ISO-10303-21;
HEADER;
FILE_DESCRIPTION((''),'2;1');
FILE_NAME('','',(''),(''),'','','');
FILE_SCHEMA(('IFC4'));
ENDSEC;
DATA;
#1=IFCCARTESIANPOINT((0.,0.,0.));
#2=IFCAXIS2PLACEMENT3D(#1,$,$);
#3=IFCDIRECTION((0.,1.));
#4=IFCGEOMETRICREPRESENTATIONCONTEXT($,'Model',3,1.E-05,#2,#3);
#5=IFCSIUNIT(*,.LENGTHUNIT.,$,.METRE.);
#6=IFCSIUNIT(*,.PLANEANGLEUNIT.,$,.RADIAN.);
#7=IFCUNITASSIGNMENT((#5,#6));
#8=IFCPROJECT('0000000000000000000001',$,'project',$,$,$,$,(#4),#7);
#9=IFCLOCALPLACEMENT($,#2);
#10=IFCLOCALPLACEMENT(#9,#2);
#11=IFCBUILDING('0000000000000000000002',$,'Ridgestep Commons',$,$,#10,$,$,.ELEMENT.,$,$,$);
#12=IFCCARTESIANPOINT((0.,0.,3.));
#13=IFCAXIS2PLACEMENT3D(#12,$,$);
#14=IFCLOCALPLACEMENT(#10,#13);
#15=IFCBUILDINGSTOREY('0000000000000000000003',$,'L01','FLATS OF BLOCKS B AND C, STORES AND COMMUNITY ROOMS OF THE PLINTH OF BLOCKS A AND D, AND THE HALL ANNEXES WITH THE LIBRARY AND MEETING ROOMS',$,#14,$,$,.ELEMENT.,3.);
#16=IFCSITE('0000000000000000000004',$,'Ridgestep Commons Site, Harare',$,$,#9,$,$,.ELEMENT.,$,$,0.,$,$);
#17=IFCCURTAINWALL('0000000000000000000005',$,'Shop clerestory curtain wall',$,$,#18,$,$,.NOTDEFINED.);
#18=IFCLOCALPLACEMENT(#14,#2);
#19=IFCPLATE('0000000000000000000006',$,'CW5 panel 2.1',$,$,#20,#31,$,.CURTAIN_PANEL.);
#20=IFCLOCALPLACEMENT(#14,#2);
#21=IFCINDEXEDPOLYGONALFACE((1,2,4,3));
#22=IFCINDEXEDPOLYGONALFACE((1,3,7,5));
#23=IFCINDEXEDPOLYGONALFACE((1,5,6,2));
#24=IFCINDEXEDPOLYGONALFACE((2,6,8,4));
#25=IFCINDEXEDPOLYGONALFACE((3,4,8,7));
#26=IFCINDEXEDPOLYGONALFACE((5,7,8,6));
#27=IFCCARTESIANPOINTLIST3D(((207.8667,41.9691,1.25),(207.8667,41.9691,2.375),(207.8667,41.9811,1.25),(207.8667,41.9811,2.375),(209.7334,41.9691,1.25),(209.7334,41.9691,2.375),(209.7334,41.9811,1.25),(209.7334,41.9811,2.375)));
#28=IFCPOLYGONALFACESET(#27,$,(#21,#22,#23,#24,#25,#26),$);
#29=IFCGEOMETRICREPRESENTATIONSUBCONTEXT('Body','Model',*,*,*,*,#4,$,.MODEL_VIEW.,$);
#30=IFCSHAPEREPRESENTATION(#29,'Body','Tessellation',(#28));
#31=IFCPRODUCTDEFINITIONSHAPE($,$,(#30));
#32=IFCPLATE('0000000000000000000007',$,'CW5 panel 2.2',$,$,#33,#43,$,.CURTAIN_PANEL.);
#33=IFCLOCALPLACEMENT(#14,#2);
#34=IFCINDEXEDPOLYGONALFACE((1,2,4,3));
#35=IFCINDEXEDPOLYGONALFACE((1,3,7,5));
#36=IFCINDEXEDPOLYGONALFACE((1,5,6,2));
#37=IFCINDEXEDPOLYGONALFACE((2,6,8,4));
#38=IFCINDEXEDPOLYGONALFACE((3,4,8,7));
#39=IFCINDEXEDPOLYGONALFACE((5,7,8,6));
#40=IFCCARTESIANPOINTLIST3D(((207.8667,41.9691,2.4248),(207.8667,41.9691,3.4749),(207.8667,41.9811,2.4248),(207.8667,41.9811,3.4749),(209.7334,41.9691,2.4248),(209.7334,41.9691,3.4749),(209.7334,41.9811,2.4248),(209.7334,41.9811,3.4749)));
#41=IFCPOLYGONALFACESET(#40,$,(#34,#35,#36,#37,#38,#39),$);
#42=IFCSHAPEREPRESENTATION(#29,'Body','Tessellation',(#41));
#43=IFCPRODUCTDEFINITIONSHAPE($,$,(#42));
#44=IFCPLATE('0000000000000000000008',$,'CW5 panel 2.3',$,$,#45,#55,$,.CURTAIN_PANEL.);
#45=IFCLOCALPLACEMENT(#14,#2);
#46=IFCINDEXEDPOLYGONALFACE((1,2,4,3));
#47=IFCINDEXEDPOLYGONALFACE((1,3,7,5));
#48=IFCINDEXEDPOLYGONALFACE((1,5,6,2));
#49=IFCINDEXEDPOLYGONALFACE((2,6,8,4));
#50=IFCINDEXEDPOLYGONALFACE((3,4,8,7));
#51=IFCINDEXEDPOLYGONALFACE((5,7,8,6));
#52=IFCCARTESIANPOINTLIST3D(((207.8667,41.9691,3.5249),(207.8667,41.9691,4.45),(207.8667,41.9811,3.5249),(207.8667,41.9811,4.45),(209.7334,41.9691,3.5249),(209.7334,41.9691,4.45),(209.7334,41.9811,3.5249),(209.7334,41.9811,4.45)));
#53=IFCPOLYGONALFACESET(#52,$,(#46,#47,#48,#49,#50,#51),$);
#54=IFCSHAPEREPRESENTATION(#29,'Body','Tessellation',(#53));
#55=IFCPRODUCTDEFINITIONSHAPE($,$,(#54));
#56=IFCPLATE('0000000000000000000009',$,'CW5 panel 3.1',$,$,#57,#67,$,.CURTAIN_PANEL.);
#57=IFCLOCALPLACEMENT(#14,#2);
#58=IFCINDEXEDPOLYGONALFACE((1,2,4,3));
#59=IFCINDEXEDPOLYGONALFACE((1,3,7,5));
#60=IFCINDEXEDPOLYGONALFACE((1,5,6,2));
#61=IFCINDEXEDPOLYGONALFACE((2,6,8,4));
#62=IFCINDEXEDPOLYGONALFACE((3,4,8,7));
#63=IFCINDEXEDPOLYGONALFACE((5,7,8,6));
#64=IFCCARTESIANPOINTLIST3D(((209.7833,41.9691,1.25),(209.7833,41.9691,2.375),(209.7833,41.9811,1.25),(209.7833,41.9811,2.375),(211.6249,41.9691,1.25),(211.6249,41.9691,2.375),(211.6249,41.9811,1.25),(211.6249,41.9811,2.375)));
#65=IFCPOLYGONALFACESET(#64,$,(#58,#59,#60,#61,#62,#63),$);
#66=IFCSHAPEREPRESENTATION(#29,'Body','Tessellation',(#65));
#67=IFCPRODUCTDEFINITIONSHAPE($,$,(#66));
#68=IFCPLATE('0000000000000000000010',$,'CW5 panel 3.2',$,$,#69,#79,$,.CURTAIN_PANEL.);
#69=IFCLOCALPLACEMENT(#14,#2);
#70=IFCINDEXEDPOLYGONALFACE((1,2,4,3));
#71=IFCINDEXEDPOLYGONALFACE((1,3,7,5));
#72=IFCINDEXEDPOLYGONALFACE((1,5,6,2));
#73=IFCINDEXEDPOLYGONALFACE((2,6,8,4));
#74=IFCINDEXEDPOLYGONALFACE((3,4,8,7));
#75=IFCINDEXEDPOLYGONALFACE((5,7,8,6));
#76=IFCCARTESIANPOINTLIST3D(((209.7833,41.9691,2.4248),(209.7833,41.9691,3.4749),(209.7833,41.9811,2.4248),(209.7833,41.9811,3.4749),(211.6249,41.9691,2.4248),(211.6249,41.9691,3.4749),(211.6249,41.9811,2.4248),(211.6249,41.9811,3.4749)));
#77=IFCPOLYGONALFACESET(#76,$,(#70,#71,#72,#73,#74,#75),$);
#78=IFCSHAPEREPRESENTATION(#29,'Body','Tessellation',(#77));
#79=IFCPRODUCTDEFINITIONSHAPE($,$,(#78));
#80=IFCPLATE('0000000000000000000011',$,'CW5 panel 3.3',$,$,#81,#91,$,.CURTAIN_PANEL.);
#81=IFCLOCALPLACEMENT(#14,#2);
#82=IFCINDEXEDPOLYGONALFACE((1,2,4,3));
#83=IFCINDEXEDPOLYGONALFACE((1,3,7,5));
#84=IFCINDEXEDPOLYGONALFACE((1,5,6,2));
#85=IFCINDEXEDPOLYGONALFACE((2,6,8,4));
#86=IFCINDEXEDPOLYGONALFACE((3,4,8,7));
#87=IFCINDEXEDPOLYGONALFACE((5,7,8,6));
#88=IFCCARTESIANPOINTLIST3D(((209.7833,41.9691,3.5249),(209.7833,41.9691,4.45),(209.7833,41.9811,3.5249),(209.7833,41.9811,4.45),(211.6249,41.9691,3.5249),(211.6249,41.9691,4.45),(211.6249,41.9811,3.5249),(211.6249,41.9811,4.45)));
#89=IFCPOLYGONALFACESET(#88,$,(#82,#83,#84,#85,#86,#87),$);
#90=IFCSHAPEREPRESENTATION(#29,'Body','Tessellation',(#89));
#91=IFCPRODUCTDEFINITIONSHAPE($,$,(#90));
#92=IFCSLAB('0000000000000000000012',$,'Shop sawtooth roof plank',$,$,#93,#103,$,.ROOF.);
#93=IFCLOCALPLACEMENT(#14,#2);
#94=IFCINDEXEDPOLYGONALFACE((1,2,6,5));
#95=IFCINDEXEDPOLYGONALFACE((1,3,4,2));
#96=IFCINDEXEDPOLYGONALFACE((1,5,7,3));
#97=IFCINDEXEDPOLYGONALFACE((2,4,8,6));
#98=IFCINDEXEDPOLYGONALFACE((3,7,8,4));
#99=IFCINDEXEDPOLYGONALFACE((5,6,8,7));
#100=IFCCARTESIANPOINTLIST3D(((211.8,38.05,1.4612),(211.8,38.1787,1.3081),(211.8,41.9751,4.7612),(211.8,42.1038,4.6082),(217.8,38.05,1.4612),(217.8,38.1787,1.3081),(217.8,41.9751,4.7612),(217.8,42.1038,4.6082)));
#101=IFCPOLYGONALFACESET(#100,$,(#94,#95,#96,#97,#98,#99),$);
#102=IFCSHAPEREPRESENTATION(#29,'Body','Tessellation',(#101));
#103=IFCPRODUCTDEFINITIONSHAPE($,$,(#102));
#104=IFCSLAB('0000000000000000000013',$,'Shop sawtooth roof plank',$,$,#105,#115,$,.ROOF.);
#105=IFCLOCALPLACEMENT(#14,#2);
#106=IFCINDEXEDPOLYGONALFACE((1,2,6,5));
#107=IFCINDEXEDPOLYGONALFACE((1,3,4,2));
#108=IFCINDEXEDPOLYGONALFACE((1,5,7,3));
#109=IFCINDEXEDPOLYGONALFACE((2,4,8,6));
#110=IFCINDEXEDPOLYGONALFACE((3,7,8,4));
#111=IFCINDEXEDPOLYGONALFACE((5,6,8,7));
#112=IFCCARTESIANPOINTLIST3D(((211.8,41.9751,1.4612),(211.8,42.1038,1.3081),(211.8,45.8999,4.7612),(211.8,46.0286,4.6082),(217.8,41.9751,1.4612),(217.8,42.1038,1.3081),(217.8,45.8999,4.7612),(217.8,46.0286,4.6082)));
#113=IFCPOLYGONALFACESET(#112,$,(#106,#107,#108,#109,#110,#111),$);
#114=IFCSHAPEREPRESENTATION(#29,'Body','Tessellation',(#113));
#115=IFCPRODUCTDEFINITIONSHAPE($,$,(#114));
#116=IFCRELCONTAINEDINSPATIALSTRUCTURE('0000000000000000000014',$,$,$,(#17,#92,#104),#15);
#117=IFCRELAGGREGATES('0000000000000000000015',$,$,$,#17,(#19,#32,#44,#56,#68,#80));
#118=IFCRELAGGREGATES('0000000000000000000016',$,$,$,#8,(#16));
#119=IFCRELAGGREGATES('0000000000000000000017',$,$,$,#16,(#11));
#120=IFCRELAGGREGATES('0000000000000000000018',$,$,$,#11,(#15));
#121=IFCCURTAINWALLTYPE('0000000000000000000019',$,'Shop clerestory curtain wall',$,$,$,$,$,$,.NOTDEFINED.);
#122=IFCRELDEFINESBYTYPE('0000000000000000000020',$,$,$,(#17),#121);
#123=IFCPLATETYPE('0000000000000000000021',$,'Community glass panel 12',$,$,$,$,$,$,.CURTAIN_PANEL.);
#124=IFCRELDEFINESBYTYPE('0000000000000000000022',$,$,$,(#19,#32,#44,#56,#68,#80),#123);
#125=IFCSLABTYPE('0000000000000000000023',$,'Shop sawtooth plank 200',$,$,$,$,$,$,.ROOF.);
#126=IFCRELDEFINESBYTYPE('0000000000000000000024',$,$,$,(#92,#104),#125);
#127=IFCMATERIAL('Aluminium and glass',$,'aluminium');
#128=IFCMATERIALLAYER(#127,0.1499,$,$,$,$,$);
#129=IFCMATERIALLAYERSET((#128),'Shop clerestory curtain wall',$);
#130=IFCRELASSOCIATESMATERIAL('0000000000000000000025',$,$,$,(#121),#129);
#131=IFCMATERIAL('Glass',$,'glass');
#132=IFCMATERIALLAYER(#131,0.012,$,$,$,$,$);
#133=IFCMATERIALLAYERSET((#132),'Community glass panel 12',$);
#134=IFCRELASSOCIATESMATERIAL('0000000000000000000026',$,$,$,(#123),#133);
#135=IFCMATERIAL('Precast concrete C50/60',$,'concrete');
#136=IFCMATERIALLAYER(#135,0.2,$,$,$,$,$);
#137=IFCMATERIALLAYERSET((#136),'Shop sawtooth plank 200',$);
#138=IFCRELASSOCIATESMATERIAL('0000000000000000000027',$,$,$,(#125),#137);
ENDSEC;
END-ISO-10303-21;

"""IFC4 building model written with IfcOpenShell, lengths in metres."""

from ifc_helpers import new_model, si_unit, direction, frame, origin, origin_2d, place, context, subcontext, project, spatial, polyline, rectangle, outline, extrude, material, layer, layer_set, type_object, element, aggregate, save


model = new_model("IFC4")

# Units and contexts
model_context = context("Model", 3, precision=1e-05, world=origin(), true_north=direction((0.0, 1.0)))
body_context = subcontext(model_context, "Body", "Model", "MODEL_VIEW")
ifc_project = project(units=[si_unit("LENGTHUNIT", "METRE"), si_unit("PLANEANGLEUNIT", "RADIAN")], contexts=[model_context])

# Site, building, storey
site_placement = place(None, origin())
site = spatial("IfcSite", under=ifc_project, at=site_placement, Name="Ridgestep Commons Site, Harare", CompositionType="ELEMENT", RefElevation=0.0)
building_placement = place(site_placement, origin())
building = spatial("IfcBuilding", under=site, at=building_placement, Name="Ridgestep Commons", CompositionType="ELEMENT")
storey_placement = place(building_placement, frame((0.0, 0.0, 3.0)))
storey = spatial("IfcBuildingStorey", under=building, at=storey_placement, Name="L01", Description="FLATS OF BLOCKS B AND C, STORES AND COMMUNITY ROOMS OF THE PLINTH OF BLOCKS A AND D, AND THE HALL ANNEXES WITH THE LIBRARY AND MEETING ROOMS", CompositionType="ELEMENT", Elevation=3.0)

# Shared definitions
ifc_material_1 = material(Name="Aluminium and glass", Category="aluminium")
ifc_layer_1 = layer(ifc_material_1, 0.1499)
ifc_layer_set_1 = layer_set([ifc_layer_1], Name="Shop clerestory curtain wall")
curtain_wall_type = type_object("IfcCurtainWallType", Name="Shop clerestory curtain wall", PredefinedType="NOTDEFINED", material=ifc_layer_set_1)

# Curtain wall
curtain_wall_1_placement = place(storey_placement, origin())
curtain_wall_1 = element("IfcCurtainWall", 1, at=curtain_wall_1_placement, inside=storey, type_object=curtain_wall_type, Name="Shop clerestory curtain wall", PredefinedType="NOTDEFINED")

# Plates
ifc_material_2 = material(Name="Glass", Category="glass")
ifc_layer_2 = layer(ifc_material_2, 0.012)
ifc_layer_set_2 = layer_set([ifc_layer_2], Name="Community glass panel 12")
plate_type = type_object("IfcPlateType", Name="Community glass panel 12", PredefinedType="CURTAIN_PANEL", material=ifc_layer_set_2)
plate_1_placement = place(storey_placement, frame((208.8, 41.9751, 1.25), z_axis=(0.0, 0.0, 1.0), x_axis=(1.0, 0.0, 0.0)))
plate_1 = element("IfcPlate", 2, at=plate_1_placement, type_object=plate_type, Name="CW5 panel 2.1", PredefinedType="CURTAIN_PANEL", context=body_context, shape_type="SweptSolid", body=[
    extrude(rectangle(XDim=1.8667, YDim=0.012, at=origin_2d()), origin(), (0.0, 0.0, 1.0), 1.125),
])
plate_2_placement = place(storey_placement, frame((208.8, 41.9751, 2.4248), z_axis=(0.0, 0.0, 1.0), x_axis=(1.0, 0.0, 0.0)))
plate_2 = element("IfcPlate", 3, at=plate_2_placement, type_object=plate_type, Name="CW5 panel 2.2", PredefinedType="CURTAIN_PANEL", context=body_context, shape_type="SweptSolid", body=[
    extrude(rectangle(XDim=1.8667, YDim=0.012, at=origin_2d()), origin(), (0.0, 0.0, 1.0), 1.05),
])
plate_3_placement = place(storey_placement, frame((208.8, 41.9751, 3.5249), z_axis=(0.0, 0.0, 1.0), x_axis=(1.0, 0.0, 0.0)))
plate_3 = element("IfcPlate", 4, at=plate_3_placement, type_object=plate_type, Name="CW5 panel 2.3", PredefinedType="CURTAIN_PANEL", context=body_context, shape_type="SweptSolid", body=[
    extrude(rectangle(XDim=1.8667, YDim=0.012, at=origin_2d()), origin(), (0.0, 0.0, 1.0), 0.925),
])
plate_4_placement = place(storey_placement, frame((210.7041, 41.9751, 1.25), z_axis=(0.0, 0.0, 1.0), x_axis=(1.0, 0.0, 0.0)))
plate_4 = element("IfcPlate", 5, at=plate_4_placement, type_object=plate_type, Name="CW5 panel 3.1", PredefinedType="CURTAIN_PANEL", context=body_context, shape_type="SweptSolid", body=[
    extrude(rectangle(XDim=1.8416, YDim=0.012, at=origin_2d()), origin(), (0.0, 0.0, 1.0), 1.125),
])
plate_5_placement = place(storey_placement, frame((210.7041, 41.9751, 2.4248), z_axis=(0.0, 0.0, 1.0), x_axis=(1.0, 0.0, 0.0)))
plate_5 = element("IfcPlate", 6, at=plate_5_placement, type_object=plate_type, Name="CW5 panel 3.2", PredefinedType="CURTAIN_PANEL", context=body_context, shape_type="SweptSolid", body=[
    extrude(rectangle(XDim=1.8416, YDim=0.012, at=origin_2d()), origin(), (0.0, 0.0, 1.0), 1.05),
])
plate_6_placement = place(storey_placement, frame((210.7041, 41.9751, 3.5249), z_axis=(0.0, 0.0, 1.0), x_axis=(1.0, 0.0, 0.0)))
plate_6 = element("IfcPlate", 7, at=plate_6_placement, type_object=plate_type, Name="CW5 panel 3.3", PredefinedType="CURTAIN_PANEL", context=body_context, shape_type="SweptSolid", body=[
    extrude(rectangle(XDim=1.8416, YDim=0.012, at=origin_2d()), origin(), (0.0, 0.0, 1.0), 0.925),
])
aggregate(curtain_wall_1, [plate_1, plate_2, plate_3, plate_4, plate_5, plate_6])

# Slabs
ifc_material_3 = material(Name="Precast concrete C50/60", Category="concrete")
ifc_layer_3 = layer(ifc_material_3, 0.2)
ifc_layer_set_3 = layer_set([ifc_layer_3], Name="Shop sawtooth plank 200")
slab_type = type_object("IfcSlabType", Name="Shop sawtooth plank 200", PredefinedType="ROOF", material=ifc_layer_set_3)
slab_1_placement = place(storey_placement, frame((211.8, 38.05, 1.4612), z_axis=(0.0, -0.643536, 0.765416), x_axis=(1.0, 0.0, 0.0)))
element("IfcSlab", 8, at=slab_1_placement, inside=storey, type_object=slab_type, Name="Shop sawtooth roof plank", PredefinedType="ROOF", context=body_context, shape_type="SweptSolid", body=[
    extrude(outline(polyline([(0.0, 0.0), (6.0, 0.0), (6.0, 5.128), (0.0, 5.128), (0.0, 0.0)])), origin(), (0.0, 0.0, -1.0), 0.2),
])
slab_2_placement = place(storey_placement, frame((211.8, 41.9751, 1.4612), z_axis=(0.0, -0.643559, 0.765396), x_axis=(1.0, 0.0, 0.0)))
element("IfcSlab", 9, at=slab_2_placement, inside=storey, type_object=slab_type, Name="Shop sawtooth roof plank", PredefinedType="ROOF", context=body_context, shape_type="SweptSolid", body=[
    extrude(outline(polyline([(0.0, 0.0), (6.0, 0.0), (6.0, 5.1278), (0.0, 5.1278), (0.0, 0.0)])), origin(), (0.0, 0.0, -1.0), 0.2),
])

save(model, "model.ifc")
